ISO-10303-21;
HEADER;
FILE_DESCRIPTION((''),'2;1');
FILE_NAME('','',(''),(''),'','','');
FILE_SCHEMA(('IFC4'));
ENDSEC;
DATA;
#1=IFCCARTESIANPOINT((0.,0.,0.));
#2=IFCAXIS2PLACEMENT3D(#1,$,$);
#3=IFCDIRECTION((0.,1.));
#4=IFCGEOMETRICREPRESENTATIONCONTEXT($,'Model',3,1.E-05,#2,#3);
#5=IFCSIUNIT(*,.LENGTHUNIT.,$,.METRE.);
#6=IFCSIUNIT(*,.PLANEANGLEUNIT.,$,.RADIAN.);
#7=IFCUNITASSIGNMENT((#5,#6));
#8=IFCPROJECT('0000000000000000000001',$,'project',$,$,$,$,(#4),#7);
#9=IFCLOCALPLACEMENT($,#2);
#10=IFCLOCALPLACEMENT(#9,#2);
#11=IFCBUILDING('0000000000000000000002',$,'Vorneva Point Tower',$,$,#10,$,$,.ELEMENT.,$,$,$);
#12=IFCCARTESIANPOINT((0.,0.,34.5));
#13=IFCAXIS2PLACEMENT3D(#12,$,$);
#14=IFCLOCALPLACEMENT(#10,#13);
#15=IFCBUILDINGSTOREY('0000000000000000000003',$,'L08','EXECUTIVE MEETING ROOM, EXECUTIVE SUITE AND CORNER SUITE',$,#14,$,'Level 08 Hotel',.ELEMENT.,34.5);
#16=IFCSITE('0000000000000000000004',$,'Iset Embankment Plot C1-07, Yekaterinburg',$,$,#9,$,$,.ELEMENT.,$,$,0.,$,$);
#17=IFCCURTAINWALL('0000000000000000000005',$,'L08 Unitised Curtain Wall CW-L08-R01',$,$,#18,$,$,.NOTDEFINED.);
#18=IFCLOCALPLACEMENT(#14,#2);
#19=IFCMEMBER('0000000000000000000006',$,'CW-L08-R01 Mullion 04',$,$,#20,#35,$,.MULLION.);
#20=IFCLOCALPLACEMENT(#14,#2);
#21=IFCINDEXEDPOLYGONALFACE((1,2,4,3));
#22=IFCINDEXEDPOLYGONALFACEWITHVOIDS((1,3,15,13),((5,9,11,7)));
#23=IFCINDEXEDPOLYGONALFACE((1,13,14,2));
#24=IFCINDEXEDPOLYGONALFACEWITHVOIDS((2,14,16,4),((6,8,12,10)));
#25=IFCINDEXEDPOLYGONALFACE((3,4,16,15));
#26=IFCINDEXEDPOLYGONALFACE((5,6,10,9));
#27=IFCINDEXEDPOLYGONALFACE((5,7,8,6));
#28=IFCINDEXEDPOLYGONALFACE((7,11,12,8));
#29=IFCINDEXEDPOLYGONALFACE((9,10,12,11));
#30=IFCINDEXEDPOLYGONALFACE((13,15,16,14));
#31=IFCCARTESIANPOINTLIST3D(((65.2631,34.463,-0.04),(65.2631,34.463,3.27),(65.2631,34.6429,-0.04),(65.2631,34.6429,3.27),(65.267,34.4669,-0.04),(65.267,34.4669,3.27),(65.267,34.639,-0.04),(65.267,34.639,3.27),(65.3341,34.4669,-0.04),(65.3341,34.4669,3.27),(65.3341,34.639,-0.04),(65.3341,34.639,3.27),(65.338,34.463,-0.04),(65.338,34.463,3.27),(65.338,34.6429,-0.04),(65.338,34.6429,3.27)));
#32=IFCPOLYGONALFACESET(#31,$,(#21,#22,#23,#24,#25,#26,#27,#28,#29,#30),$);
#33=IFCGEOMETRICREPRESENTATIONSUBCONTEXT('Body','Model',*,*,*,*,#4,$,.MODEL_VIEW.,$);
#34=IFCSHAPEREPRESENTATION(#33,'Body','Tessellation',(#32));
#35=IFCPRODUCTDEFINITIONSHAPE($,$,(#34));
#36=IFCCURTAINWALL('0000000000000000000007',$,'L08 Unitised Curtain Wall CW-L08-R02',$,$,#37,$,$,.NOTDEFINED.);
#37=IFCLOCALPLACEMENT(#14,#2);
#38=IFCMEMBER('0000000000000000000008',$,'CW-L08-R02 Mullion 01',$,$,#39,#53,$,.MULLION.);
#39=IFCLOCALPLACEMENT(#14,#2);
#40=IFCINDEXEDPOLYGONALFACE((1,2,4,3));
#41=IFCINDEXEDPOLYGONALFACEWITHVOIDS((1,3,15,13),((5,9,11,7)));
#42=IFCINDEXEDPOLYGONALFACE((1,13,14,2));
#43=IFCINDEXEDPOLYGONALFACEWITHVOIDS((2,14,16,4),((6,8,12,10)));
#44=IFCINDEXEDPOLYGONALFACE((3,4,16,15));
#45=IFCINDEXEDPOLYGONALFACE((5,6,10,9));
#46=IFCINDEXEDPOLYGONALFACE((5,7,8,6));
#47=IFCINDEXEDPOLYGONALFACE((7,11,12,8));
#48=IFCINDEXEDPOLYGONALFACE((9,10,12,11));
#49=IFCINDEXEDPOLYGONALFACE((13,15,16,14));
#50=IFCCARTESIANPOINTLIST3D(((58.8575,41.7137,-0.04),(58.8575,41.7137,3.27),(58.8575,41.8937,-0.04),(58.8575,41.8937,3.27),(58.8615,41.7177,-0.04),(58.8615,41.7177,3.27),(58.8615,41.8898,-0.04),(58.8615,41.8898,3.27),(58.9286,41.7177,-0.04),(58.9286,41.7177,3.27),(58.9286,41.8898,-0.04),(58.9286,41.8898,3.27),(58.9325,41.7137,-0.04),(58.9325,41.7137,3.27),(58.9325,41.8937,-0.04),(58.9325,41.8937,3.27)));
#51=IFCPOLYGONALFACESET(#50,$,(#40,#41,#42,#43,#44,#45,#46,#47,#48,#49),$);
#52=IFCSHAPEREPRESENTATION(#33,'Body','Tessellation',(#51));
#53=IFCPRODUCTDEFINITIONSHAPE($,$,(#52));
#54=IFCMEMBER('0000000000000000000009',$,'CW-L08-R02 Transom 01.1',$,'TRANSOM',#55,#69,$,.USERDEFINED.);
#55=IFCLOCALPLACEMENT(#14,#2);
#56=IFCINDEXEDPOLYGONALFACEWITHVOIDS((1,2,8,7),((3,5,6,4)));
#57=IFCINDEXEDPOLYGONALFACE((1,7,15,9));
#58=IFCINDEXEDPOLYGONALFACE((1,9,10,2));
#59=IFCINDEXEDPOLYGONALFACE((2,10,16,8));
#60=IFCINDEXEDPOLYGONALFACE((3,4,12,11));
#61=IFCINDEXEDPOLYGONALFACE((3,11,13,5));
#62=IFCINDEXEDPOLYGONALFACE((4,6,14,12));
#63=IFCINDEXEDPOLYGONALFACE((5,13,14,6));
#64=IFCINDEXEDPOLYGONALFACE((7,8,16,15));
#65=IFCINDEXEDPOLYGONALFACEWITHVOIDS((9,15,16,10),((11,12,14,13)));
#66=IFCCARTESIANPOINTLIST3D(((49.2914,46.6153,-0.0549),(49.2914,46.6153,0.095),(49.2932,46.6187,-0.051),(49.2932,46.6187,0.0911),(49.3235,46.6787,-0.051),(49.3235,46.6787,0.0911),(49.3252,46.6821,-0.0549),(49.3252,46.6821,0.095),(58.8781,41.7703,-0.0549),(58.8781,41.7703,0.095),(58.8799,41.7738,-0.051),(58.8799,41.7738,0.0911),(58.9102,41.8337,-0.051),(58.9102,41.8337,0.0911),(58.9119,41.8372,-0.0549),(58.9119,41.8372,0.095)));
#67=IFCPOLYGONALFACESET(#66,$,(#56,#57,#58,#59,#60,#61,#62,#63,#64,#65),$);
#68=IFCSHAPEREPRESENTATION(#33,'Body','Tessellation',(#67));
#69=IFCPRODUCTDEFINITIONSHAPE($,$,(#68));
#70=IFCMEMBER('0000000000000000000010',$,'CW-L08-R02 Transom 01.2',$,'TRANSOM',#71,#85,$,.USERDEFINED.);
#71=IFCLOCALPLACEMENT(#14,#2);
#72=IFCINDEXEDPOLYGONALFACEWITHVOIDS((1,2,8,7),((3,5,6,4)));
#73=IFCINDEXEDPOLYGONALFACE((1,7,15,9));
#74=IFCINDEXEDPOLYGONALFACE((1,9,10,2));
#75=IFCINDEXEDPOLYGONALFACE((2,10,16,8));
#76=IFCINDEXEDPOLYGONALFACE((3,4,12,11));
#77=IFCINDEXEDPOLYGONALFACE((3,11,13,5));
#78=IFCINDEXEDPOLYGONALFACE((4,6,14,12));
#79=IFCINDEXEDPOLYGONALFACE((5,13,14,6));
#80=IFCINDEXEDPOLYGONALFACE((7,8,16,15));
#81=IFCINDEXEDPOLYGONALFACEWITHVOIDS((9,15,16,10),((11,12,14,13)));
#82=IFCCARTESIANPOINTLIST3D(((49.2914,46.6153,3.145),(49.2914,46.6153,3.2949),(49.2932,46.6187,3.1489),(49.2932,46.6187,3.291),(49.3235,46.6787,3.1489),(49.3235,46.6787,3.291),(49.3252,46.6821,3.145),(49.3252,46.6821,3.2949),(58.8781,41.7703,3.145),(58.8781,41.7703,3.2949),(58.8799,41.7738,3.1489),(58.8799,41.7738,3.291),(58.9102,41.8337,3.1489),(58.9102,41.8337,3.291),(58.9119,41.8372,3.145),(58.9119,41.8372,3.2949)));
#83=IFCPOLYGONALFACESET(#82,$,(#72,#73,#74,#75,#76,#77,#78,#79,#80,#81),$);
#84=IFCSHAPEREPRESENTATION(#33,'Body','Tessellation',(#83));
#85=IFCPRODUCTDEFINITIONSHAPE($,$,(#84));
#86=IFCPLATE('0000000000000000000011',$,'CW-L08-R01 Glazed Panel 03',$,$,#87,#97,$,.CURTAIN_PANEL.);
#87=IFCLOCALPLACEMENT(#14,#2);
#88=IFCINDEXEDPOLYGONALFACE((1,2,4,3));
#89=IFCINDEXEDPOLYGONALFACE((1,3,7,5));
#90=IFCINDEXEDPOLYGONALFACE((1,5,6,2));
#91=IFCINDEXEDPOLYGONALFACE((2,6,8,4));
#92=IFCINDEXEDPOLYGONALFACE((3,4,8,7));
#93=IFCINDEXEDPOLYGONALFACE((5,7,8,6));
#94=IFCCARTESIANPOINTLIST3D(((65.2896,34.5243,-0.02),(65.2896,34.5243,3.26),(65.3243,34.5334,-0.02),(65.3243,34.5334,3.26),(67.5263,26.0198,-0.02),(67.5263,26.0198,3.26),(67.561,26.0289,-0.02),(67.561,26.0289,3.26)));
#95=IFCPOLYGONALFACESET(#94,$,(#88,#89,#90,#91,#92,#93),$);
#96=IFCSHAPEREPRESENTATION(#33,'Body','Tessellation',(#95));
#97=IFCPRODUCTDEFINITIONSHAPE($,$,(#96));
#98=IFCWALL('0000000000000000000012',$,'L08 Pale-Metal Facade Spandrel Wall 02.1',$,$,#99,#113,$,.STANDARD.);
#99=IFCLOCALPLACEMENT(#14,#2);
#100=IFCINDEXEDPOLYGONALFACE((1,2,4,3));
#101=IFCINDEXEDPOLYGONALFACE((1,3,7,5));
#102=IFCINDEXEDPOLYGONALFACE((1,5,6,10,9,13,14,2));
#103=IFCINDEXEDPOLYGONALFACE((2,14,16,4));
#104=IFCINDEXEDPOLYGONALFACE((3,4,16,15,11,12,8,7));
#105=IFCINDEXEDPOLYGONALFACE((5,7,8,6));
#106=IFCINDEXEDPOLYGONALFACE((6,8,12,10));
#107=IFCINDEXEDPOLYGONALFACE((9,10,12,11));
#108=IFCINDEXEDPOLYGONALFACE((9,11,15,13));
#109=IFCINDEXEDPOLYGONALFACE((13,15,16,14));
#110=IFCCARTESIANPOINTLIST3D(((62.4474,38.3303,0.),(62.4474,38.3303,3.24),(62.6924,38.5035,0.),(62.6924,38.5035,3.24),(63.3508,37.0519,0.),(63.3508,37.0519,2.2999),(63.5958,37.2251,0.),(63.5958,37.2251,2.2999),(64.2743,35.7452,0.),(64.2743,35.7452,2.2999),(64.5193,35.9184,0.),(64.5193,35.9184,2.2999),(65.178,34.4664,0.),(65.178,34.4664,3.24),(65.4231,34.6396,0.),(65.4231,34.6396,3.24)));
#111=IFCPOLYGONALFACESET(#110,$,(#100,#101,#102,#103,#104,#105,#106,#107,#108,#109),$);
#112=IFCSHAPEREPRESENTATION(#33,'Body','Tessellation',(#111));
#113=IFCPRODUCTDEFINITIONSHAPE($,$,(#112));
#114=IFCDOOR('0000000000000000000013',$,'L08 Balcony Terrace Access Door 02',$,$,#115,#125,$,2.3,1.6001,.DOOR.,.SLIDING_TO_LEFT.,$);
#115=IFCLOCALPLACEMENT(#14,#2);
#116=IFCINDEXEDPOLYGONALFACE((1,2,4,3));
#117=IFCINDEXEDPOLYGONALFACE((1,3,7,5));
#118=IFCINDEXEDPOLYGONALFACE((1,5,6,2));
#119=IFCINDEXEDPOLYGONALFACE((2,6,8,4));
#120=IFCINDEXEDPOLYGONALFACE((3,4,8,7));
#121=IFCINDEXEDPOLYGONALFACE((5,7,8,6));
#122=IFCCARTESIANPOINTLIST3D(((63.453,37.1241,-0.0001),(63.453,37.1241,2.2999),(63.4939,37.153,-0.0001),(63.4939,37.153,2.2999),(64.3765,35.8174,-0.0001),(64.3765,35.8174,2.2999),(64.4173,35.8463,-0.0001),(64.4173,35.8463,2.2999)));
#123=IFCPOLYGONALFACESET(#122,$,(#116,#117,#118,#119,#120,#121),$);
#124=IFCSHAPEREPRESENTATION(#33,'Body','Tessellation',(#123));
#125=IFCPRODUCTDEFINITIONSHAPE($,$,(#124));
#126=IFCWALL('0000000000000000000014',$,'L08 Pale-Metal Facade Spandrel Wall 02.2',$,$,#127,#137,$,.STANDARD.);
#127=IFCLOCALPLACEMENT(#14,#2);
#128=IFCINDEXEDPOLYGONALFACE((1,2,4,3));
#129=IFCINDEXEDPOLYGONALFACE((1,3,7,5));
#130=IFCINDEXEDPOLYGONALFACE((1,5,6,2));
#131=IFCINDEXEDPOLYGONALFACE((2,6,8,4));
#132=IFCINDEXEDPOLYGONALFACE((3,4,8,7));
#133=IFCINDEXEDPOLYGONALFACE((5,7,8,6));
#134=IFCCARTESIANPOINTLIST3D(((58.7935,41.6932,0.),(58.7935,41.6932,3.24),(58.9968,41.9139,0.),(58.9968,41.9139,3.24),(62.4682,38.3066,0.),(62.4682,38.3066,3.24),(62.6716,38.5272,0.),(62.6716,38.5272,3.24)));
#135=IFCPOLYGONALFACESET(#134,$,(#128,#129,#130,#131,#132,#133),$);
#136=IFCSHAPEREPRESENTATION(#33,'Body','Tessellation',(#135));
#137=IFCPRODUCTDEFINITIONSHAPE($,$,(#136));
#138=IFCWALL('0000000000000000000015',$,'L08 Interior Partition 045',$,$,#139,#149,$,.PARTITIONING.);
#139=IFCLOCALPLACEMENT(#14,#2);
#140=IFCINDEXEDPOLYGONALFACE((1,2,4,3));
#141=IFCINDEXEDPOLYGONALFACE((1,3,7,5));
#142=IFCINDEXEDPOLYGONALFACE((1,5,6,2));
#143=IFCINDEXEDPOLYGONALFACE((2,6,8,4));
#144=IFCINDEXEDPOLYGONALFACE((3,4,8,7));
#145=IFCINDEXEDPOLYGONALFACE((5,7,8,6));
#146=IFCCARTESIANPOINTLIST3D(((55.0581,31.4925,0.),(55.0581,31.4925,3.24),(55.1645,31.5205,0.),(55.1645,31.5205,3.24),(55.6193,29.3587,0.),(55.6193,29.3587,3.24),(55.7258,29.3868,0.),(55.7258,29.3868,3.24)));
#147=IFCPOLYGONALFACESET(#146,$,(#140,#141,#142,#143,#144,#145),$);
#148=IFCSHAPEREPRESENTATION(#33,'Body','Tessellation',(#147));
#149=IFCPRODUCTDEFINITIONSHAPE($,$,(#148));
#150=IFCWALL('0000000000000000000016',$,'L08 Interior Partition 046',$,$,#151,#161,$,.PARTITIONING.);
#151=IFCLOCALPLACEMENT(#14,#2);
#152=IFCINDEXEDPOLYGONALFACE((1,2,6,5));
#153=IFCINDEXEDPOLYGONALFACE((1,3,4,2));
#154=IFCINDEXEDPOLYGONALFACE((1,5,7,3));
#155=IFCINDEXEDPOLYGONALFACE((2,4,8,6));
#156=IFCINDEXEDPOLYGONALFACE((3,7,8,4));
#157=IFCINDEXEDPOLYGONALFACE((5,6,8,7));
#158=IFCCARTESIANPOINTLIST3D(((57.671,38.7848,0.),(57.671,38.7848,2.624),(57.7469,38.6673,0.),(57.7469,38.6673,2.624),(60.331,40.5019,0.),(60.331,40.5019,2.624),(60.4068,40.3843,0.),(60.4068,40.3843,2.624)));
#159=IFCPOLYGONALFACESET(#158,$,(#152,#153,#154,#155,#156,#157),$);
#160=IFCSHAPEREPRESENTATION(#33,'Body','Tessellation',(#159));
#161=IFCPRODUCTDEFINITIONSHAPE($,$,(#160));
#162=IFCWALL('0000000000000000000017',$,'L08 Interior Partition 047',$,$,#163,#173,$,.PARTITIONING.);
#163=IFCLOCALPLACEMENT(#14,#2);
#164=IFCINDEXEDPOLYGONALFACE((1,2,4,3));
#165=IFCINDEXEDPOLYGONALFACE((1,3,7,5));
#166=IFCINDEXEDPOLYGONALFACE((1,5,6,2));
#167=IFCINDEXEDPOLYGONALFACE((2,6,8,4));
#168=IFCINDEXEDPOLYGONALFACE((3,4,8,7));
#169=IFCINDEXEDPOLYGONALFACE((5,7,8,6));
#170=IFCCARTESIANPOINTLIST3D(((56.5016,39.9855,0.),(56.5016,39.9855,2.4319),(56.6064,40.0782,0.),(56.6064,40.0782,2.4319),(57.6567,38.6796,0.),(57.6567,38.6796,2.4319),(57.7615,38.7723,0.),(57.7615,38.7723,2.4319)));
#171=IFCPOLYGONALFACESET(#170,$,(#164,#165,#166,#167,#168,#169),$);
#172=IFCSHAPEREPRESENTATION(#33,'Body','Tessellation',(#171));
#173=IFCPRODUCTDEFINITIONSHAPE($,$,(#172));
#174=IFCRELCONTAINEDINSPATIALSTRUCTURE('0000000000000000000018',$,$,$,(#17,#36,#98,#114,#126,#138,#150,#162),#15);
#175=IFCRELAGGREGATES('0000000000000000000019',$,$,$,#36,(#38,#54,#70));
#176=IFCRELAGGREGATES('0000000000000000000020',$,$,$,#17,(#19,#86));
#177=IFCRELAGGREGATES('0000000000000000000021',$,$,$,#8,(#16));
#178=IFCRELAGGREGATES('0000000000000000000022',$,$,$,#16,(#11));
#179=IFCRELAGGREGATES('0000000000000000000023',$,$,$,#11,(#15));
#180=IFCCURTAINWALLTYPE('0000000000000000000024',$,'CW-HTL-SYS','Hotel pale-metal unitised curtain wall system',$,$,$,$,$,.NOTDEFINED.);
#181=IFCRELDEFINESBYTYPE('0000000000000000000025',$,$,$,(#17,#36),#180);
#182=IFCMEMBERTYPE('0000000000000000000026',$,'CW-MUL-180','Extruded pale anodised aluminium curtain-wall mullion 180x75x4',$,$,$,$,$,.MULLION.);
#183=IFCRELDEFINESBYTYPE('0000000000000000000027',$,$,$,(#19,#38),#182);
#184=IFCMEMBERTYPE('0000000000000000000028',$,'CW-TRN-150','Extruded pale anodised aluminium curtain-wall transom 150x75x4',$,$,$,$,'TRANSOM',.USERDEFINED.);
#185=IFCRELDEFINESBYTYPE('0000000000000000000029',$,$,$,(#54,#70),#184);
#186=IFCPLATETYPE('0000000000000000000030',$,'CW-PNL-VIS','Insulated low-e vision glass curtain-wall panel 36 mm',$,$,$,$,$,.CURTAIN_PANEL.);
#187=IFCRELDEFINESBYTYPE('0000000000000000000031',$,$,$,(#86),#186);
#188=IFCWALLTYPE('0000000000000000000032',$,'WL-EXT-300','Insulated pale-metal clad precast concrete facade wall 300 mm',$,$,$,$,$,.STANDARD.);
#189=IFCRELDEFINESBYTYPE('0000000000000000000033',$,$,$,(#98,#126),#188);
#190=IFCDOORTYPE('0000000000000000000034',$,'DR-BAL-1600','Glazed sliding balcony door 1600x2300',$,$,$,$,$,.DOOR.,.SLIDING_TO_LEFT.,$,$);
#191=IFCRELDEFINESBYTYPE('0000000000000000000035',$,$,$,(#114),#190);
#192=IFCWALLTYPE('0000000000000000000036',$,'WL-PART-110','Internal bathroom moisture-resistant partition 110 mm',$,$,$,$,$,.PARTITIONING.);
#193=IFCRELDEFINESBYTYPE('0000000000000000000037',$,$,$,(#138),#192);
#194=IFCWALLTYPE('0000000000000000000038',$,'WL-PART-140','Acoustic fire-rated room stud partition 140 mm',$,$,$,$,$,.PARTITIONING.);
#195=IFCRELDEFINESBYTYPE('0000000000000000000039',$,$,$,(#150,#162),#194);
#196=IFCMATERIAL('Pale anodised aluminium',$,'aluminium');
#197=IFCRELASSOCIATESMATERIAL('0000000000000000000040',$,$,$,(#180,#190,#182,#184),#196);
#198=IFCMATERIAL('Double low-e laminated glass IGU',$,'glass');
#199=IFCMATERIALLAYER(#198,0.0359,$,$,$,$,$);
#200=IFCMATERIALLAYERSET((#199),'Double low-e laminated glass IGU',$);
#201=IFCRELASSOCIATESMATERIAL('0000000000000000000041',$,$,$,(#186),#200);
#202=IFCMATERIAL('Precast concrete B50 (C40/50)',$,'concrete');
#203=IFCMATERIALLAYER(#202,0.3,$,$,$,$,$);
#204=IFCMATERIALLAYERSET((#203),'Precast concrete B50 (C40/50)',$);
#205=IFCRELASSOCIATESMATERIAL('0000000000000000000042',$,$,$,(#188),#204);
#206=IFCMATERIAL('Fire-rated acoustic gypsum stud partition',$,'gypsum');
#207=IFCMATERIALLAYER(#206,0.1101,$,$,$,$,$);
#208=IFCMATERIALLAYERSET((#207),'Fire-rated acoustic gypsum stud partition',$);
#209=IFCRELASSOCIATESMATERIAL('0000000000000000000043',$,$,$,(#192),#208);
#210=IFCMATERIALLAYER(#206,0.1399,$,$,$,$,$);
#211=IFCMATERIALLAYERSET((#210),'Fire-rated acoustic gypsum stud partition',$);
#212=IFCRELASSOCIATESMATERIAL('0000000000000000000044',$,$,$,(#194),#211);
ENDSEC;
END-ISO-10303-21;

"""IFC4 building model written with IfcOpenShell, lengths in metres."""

from ifc_helpers import new_model, si_unit, direction, frame, frame_2d, origin, origin_2d, place, context, subcontext, project, spatial, rectangle, hollow_rectangle, extrude, material, layer, layer_set, material_profile, profile_set, type_object, element, fill, aggregate, save


model = new_model("IFC4")

# Units and contexts
model_context = context("Model", 3, precision=1e-05, world=origin(), true_north=direction((0.0, 1.0)))
body_context = subcontext(model_context, "Body", "Model", "MODEL_VIEW")
ifc_project = project(units=[si_unit("LENGTHUNIT", "METRE"), si_unit("PLANEANGLEUNIT", "RADIAN")], contexts=[model_context])

# Site, building, storey
site_placement = place(None, origin())
site = spatial("IfcSite", under=ifc_project, at=site_placement, Name="Iset Embankment Plot C1-07, Yekaterinburg", CompositionType="ELEMENT", RefElevation=0.0)
building_placement = place(site_placement, origin())
building = spatial("IfcBuilding", under=site, at=building_placement, Name="Vorneva Point Tower", CompositionType="ELEMENT")
storey_placement = place(building_placement, frame((0.0, 0.0, 34.5)))
storey = spatial("IfcBuildingStorey", under=building, at=storey_placement, Name="L08", Description="EXECUTIVE MEETING ROOM, EXECUTIVE SUITE AND CORNER SUITE", LongName="Level 08 Hotel", CompositionType="ELEMENT", Elevation=34.5)

# Curtain wall, member
ifc_material_1 = material(Name="Pale anodised aluminium", Category="aluminium")
curtain_wall_type = type_object("IfcCurtainWallType", Name="CW-HTL-SYS", Description="Hotel pale-metal unitised curtain wall system", PredefinedType="NOTDEFINED", material=ifc_material_1)
curtain_wall_1_placement = place(storey_placement, origin())
curtain_wall_1 = element("IfcCurtainWall", 1, at=curtain_wall_1_placement, inside=storey, type_object=curtain_wall_type, Name="L08 Unitised Curtain Wall CW-L08-R01", PredefinedType="NOTDEFINED")
ifc_material_profile_1 = material_profile(ifc_material_1, hollow_rectangle(XDim=0.075, YDim=0.1799, WallThickness=0.0039, at=origin_2d()), Name="AL-MUL 180x75x4")
ifc_profile_set_1 = profile_set([ifc_material_profile_1], Name="Pale anodised aluminium")
member_type_1 = type_object("IfcMemberType", Name="CW-MUL-180", Description="Extruded pale anodised aluminium curtain-wall mullion 180x75x4", PredefinedType="MULLION", material=ifc_profile_set_1)
member_1_placement = place(storey_placement, frame((65.3005, 34.553, -0.04), z_axis=(0.0, 0.0, 1.0), x_axis=(1.0, 0.0, 0.0)))
member_1 = element("IfcMember", 2, at=member_1_placement, type_object=member_type_1, Name="CW-L08-R01 Mullion 04", PredefinedType="MULLION", context=body_context, shape_type="SweptSolid", body=[
    extrude(hollow_rectangle(XDim=0.075, YDim=0.1799, WallThickness=0.0039, at=origin_2d()), origin(), (0.0, 0.0, 1.0), 3.3101),
])

# Curtain wall, members
curtain_wall_2_placement = place(storey_placement, origin())
curtain_wall_2 = element("IfcCurtainWall", 3, at=curtain_wall_2_placement, inside=storey, type_object=curtain_wall_type, Name="L08 Unitised Curtain Wall CW-L08-R02", PredefinedType="NOTDEFINED")
member_2_placement = place(storey_placement, frame((58.895, 41.8037, -0.04), z_axis=(0.0, 0.0, 1.0), x_axis=(1.0, 0.0, 0.0)))
member_2 = element("IfcMember", 4, at=member_2_placement, type_object=member_type_1, Name="CW-L08-R02 Mullion 01", PredefinedType="MULLION", context=body_context, shape_type="SweptSolid", body=[
    extrude(hollow_rectangle(XDim=0.075, YDim=0.1799, WallThickness=0.0039, at=origin_2d()), origin(), (0.0, 0.0, 1.0), 3.3101),
])
ifc_material_profile_2 = material_profile(ifc_material_1, hollow_rectangle(XDim=0.075, YDim=0.1499, WallThickness=0.0039, at=origin_2d()), Name="AL-TRN 150x75x4")
ifc_profile_set_2 = profile_set([ifc_material_profile_2], Name="Pale anodised aluminium")
member_type_2 = type_object("IfcMemberType", Name="CW-TRN-150", Description="Extruded pale anodised aluminium curtain-wall transom 150x75x4", ElementType="TRANSOM", PredefinedType="USERDEFINED", material=ifc_profile_set_2)
member_3_placement = place(storey_placement, frame((58.895, 41.8037, 0.02), z_axis=(-0.892496, 0.451055, 0.0), x_axis=(-0.451055, -0.892496, 0.0)))
member_3 = element("IfcMember", 5, at=member_3_placement, type_object=member_type_2, Name="CW-L08-R02 Transom 01.1", ObjectType="TRANSOM", PredefinedType="USERDEFINED", context=body_context, shape_type="SweptSolid", body=[
    extrude(hollow_rectangle(XDim=0.075, YDim=0.1499, WallThickness=0.0039, at=origin_2d()), origin(), (0.0, 0.0, 1.0), 10.7415),
])
member_4_placement = place(storey_placement, frame((58.895, 41.8037, 3.22), z_axis=(-0.892496, 0.451055, 0.0), x_axis=(-0.451055, -0.892496, 0.0)))
member_4 = element("IfcMember", 6, at=member_4_placement, type_object=member_type_2, Name="CW-L08-R02 Transom 01.2", ObjectType="TRANSOM", PredefinedType="USERDEFINED", context=body_context, shape_type="SweptSolid", body=[
    extrude(hollow_rectangle(XDim=0.075, YDim=0.1499, WallThickness=0.0039, at=origin_2d()), origin(), (0.0, 0.0, 1.0), 10.7415),
])
aggregate(curtain_wall_2, [member_2, member_3, member_4])

# Plate
ifc_material_2 = material(Name="Double low-e laminated glass IGU", Category="glass")
ifc_layer_1 = layer(ifc_material_2, 0.0359)
ifc_layer_set_1 = layer_set([ifc_layer_1], Name="Double low-e laminated glass IGU")
plate_type = type_object("IfcPlateType", Name="CW-PNL-VIS", Description="Insulated low-e vision glass curtain-wall panel 36 mm", PredefinedType="CURTAIN_PANEL", material=ifc_layer_set_1)
plate_placement = place(storey_placement, frame((66.4253, 30.2766, -0.02), z_axis=(0.0, 0.0, 1.0), x_axis=(-0.254349, 0.967113, 0.0)))
plate = element("IfcPlate", 7, at=plate_placement, type_object=plate_type, Name="CW-L08-R01 Glazed Panel 03", PredefinedType="CURTAIN_PANEL", context=body_context, shape_type="SweptSolid", body=[
    extrude(rectangle(XDim=8.7937, YDim=0.0359, at=origin_2d()), origin(), (0.0, 0.0, 1.0), 3.28),
])
aggregate(curtain_wall_1, [member_1, plate])

# Wall, opening, door
ifc_material_3 = material(Name="Precast concrete B50 (C40/50)", Category="concrete")
ifc_layer_2 = layer(ifc_material_3, 0.3)
ifc_layer_set_2 = layer_set([ifc_layer_2], Name="Precast concrete B50 (C40/50)")
wall_type_1 = type_object("IfcWallType", Name="WL-EXT-300", Description="Insulated pale-metal clad precast concrete facade wall 300 mm", PredefinedType="STANDARD", material=ifc_layer_set_2)
wall_1_placement = place(storey_placement, frame((65.3005, 34.553, 0.0), z_axis=(0.0, 0.0, 1.0), x_axis=(-0.577131, 0.816652, 0.0)))
wall_1 = element("IfcWall", 8, at=wall_1_placement, inside=storey, type_object=wall_type_1, Name="L08 Pale-Metal Facade Spandrel Wall 02.1", PredefinedType="STANDARD", context=body_context, shape_type="SweptSolid", body=[
    extrude(rectangle(XDim=4.7314, YDim=0.3, at=frame_2d((2.3657, 0.0))), origin(), (0.0, 0.0, 1.0), 3.24),
])
opening_1_placement = place(wall_1_placement, frame((1.5659, 0.0, 0.0)))
opening_1 = element("IfcOpeningElement", 9, at=opening_1_placement, cuts=wall_1, PredefinedType="OPENING", context=body_context, shape_type="SweptSolid", body=[
    extrude(rectangle(XDim=1.6001, YDim=2.3, at=frame_2d((0.8, 1.1499))), frame((0.0, 0.165, 0.0), z_axis=(0.0, -1.0, 0.0), x_axis=(1.0, 0.0, 0.0)), (0.0, 0.0, 1.0), 0.3298),
])
door_type_1 = type_object("IfcDoorType", Name="DR-BAL-1600", Description="Glazed sliding balcony door 1600x2300", OperationType="SLIDING_TO_LEFT", PredefinedType="DOOR", material=ifc_material_1)
door_1_placement = place(opening_1_placement, origin())
door_1 = element("IfcDoor", 10, at=door_1_placement, inside=storey, type_object=door_type_1, Name="L08 Balcony Terrace Access Door 02", OperationType="SLIDING_TO_LEFT", OverallHeight=2.3, OverallWidth=1.6001, PredefinedType="DOOR", context=body_context, shape_type="SweptSolid", body=[
    extrude(rectangle(XDim=1.6001, YDim=2.3, at=frame_2d((0.8, 1.1499))), frame((0.0, 0.0249, 0.0), z_axis=(0.0, -1.0, 0.0), x_axis=(1.0, 0.0, 0.0)), (0.0, 0.0, 1.0), 0.05),
])
fill(opening_1, door_1)

# Walls
wall_2_placement = place(storey_placement, frame((62.5698, 38.417, 0.0), z_axis=(0.0, 0.0, 1.0), x_axis=(-0.735343, 0.677696, 0.0)))
element("IfcWall", 11, at=wall_2_placement, inside=storey, type_object=wall_type_1, Name="L08 Pale-Metal Facade Spandrel Wall 02.2", PredefinedType="STANDARD", context=body_context, shape_type="SweptSolid", body=[
    extrude(rectangle(XDim=4.9973, YDim=0.3, at=frame_2d((2.4985, 0.0))), origin(), (0.0, 0.0, 1.0), 3.24),
])
ifc_material_4 = material(Name="Fire-rated acoustic gypsum stud partition", Category="gypsum")
ifc_layer_3 = layer(ifc_material_4, 0.1101)
ifc_layer_set_3 = layer_set([ifc_layer_3], Name="Fire-rated acoustic gypsum stud partition")
wall_type_2 = type_object("IfcWallType", Name="WL-PART-110", Description="Internal bathroom moisture-resistant partition 110 mm", PredefinedType="PARTITIONING", material=ifc_layer_set_3)
wall_3_placement = place(storey_placement, frame((55.1113, 31.5063, 0.0), z_axis=(0.0, 0.0, 1.0), x_axis=(0.25439, -0.967102, 0.0)))
element("IfcWall", 12, at=wall_3_placement, inside=storey, type_object=wall_type_2, Name="L08 Interior Partition 045", PredefinedType="PARTITIONING", context=body_context, shape_type="SweptSolid", body=[
    extrude(rectangle(XDim=2.2063, YDim=0.1101, at=frame_2d((1.103, 0.0))), origin(), (0.0, 0.0, 1.0), 3.24),
])
ifc_layer_4 = layer(ifc_material_4, 0.1399)
ifc_layer_set_4 = layer_set([ifc_layer_4], Name="Fire-rated acoustic gypsum stud partition")
wall_type_3 = type_object("IfcWallType", Name="WL-PART-140", Description="Acoustic fire-rated room stud partition 140 mm", PredefinedType="PARTITIONING", material=ifc_layer_set_4)
wall_4_placement = place(storey_placement, frame((60.3689, 40.4431, 0.0), z_axis=(0.0, 0.0, 1.0), x_axis=(-0.840157, -0.542343, 0.0)))
element("IfcWall", 13, at=wall_4_placement, inside=storey, type_object=wall_type_3, Name="L08 Interior Partition 046", PredefinedType="PARTITIONING", context=body_context, shape_type="SweptSolid", body=[
    extrude(rectangle(XDim=3.166, YDim=0.1399, at=frame_2d((1.583, 0.0))), origin(), (0.0, 0.0, 1.0), 2.624),
])
wall_5_placement = place(storey_placement, frame((57.709, 38.7261, 0.0), z_axis=(0.0, 0.0, 1.0), x_axis=(-0.66251, 0.749053, 0.0)))
element("IfcWall", 14, at=wall_5_placement, inside=storey, type_object=wall_type_3, Name="L08 Interior Partition 047", PredefinedType="PARTITIONING", context=body_context, shape_type="SweptSolid", body=[
    extrude(rectangle(XDim=1.7434, YDim=0.1399, at=frame_2d((0.8716, 0.0))), origin(), (0.0, 0.0, 1.0), 2.4319),
])

save(model, "model.ifc")
